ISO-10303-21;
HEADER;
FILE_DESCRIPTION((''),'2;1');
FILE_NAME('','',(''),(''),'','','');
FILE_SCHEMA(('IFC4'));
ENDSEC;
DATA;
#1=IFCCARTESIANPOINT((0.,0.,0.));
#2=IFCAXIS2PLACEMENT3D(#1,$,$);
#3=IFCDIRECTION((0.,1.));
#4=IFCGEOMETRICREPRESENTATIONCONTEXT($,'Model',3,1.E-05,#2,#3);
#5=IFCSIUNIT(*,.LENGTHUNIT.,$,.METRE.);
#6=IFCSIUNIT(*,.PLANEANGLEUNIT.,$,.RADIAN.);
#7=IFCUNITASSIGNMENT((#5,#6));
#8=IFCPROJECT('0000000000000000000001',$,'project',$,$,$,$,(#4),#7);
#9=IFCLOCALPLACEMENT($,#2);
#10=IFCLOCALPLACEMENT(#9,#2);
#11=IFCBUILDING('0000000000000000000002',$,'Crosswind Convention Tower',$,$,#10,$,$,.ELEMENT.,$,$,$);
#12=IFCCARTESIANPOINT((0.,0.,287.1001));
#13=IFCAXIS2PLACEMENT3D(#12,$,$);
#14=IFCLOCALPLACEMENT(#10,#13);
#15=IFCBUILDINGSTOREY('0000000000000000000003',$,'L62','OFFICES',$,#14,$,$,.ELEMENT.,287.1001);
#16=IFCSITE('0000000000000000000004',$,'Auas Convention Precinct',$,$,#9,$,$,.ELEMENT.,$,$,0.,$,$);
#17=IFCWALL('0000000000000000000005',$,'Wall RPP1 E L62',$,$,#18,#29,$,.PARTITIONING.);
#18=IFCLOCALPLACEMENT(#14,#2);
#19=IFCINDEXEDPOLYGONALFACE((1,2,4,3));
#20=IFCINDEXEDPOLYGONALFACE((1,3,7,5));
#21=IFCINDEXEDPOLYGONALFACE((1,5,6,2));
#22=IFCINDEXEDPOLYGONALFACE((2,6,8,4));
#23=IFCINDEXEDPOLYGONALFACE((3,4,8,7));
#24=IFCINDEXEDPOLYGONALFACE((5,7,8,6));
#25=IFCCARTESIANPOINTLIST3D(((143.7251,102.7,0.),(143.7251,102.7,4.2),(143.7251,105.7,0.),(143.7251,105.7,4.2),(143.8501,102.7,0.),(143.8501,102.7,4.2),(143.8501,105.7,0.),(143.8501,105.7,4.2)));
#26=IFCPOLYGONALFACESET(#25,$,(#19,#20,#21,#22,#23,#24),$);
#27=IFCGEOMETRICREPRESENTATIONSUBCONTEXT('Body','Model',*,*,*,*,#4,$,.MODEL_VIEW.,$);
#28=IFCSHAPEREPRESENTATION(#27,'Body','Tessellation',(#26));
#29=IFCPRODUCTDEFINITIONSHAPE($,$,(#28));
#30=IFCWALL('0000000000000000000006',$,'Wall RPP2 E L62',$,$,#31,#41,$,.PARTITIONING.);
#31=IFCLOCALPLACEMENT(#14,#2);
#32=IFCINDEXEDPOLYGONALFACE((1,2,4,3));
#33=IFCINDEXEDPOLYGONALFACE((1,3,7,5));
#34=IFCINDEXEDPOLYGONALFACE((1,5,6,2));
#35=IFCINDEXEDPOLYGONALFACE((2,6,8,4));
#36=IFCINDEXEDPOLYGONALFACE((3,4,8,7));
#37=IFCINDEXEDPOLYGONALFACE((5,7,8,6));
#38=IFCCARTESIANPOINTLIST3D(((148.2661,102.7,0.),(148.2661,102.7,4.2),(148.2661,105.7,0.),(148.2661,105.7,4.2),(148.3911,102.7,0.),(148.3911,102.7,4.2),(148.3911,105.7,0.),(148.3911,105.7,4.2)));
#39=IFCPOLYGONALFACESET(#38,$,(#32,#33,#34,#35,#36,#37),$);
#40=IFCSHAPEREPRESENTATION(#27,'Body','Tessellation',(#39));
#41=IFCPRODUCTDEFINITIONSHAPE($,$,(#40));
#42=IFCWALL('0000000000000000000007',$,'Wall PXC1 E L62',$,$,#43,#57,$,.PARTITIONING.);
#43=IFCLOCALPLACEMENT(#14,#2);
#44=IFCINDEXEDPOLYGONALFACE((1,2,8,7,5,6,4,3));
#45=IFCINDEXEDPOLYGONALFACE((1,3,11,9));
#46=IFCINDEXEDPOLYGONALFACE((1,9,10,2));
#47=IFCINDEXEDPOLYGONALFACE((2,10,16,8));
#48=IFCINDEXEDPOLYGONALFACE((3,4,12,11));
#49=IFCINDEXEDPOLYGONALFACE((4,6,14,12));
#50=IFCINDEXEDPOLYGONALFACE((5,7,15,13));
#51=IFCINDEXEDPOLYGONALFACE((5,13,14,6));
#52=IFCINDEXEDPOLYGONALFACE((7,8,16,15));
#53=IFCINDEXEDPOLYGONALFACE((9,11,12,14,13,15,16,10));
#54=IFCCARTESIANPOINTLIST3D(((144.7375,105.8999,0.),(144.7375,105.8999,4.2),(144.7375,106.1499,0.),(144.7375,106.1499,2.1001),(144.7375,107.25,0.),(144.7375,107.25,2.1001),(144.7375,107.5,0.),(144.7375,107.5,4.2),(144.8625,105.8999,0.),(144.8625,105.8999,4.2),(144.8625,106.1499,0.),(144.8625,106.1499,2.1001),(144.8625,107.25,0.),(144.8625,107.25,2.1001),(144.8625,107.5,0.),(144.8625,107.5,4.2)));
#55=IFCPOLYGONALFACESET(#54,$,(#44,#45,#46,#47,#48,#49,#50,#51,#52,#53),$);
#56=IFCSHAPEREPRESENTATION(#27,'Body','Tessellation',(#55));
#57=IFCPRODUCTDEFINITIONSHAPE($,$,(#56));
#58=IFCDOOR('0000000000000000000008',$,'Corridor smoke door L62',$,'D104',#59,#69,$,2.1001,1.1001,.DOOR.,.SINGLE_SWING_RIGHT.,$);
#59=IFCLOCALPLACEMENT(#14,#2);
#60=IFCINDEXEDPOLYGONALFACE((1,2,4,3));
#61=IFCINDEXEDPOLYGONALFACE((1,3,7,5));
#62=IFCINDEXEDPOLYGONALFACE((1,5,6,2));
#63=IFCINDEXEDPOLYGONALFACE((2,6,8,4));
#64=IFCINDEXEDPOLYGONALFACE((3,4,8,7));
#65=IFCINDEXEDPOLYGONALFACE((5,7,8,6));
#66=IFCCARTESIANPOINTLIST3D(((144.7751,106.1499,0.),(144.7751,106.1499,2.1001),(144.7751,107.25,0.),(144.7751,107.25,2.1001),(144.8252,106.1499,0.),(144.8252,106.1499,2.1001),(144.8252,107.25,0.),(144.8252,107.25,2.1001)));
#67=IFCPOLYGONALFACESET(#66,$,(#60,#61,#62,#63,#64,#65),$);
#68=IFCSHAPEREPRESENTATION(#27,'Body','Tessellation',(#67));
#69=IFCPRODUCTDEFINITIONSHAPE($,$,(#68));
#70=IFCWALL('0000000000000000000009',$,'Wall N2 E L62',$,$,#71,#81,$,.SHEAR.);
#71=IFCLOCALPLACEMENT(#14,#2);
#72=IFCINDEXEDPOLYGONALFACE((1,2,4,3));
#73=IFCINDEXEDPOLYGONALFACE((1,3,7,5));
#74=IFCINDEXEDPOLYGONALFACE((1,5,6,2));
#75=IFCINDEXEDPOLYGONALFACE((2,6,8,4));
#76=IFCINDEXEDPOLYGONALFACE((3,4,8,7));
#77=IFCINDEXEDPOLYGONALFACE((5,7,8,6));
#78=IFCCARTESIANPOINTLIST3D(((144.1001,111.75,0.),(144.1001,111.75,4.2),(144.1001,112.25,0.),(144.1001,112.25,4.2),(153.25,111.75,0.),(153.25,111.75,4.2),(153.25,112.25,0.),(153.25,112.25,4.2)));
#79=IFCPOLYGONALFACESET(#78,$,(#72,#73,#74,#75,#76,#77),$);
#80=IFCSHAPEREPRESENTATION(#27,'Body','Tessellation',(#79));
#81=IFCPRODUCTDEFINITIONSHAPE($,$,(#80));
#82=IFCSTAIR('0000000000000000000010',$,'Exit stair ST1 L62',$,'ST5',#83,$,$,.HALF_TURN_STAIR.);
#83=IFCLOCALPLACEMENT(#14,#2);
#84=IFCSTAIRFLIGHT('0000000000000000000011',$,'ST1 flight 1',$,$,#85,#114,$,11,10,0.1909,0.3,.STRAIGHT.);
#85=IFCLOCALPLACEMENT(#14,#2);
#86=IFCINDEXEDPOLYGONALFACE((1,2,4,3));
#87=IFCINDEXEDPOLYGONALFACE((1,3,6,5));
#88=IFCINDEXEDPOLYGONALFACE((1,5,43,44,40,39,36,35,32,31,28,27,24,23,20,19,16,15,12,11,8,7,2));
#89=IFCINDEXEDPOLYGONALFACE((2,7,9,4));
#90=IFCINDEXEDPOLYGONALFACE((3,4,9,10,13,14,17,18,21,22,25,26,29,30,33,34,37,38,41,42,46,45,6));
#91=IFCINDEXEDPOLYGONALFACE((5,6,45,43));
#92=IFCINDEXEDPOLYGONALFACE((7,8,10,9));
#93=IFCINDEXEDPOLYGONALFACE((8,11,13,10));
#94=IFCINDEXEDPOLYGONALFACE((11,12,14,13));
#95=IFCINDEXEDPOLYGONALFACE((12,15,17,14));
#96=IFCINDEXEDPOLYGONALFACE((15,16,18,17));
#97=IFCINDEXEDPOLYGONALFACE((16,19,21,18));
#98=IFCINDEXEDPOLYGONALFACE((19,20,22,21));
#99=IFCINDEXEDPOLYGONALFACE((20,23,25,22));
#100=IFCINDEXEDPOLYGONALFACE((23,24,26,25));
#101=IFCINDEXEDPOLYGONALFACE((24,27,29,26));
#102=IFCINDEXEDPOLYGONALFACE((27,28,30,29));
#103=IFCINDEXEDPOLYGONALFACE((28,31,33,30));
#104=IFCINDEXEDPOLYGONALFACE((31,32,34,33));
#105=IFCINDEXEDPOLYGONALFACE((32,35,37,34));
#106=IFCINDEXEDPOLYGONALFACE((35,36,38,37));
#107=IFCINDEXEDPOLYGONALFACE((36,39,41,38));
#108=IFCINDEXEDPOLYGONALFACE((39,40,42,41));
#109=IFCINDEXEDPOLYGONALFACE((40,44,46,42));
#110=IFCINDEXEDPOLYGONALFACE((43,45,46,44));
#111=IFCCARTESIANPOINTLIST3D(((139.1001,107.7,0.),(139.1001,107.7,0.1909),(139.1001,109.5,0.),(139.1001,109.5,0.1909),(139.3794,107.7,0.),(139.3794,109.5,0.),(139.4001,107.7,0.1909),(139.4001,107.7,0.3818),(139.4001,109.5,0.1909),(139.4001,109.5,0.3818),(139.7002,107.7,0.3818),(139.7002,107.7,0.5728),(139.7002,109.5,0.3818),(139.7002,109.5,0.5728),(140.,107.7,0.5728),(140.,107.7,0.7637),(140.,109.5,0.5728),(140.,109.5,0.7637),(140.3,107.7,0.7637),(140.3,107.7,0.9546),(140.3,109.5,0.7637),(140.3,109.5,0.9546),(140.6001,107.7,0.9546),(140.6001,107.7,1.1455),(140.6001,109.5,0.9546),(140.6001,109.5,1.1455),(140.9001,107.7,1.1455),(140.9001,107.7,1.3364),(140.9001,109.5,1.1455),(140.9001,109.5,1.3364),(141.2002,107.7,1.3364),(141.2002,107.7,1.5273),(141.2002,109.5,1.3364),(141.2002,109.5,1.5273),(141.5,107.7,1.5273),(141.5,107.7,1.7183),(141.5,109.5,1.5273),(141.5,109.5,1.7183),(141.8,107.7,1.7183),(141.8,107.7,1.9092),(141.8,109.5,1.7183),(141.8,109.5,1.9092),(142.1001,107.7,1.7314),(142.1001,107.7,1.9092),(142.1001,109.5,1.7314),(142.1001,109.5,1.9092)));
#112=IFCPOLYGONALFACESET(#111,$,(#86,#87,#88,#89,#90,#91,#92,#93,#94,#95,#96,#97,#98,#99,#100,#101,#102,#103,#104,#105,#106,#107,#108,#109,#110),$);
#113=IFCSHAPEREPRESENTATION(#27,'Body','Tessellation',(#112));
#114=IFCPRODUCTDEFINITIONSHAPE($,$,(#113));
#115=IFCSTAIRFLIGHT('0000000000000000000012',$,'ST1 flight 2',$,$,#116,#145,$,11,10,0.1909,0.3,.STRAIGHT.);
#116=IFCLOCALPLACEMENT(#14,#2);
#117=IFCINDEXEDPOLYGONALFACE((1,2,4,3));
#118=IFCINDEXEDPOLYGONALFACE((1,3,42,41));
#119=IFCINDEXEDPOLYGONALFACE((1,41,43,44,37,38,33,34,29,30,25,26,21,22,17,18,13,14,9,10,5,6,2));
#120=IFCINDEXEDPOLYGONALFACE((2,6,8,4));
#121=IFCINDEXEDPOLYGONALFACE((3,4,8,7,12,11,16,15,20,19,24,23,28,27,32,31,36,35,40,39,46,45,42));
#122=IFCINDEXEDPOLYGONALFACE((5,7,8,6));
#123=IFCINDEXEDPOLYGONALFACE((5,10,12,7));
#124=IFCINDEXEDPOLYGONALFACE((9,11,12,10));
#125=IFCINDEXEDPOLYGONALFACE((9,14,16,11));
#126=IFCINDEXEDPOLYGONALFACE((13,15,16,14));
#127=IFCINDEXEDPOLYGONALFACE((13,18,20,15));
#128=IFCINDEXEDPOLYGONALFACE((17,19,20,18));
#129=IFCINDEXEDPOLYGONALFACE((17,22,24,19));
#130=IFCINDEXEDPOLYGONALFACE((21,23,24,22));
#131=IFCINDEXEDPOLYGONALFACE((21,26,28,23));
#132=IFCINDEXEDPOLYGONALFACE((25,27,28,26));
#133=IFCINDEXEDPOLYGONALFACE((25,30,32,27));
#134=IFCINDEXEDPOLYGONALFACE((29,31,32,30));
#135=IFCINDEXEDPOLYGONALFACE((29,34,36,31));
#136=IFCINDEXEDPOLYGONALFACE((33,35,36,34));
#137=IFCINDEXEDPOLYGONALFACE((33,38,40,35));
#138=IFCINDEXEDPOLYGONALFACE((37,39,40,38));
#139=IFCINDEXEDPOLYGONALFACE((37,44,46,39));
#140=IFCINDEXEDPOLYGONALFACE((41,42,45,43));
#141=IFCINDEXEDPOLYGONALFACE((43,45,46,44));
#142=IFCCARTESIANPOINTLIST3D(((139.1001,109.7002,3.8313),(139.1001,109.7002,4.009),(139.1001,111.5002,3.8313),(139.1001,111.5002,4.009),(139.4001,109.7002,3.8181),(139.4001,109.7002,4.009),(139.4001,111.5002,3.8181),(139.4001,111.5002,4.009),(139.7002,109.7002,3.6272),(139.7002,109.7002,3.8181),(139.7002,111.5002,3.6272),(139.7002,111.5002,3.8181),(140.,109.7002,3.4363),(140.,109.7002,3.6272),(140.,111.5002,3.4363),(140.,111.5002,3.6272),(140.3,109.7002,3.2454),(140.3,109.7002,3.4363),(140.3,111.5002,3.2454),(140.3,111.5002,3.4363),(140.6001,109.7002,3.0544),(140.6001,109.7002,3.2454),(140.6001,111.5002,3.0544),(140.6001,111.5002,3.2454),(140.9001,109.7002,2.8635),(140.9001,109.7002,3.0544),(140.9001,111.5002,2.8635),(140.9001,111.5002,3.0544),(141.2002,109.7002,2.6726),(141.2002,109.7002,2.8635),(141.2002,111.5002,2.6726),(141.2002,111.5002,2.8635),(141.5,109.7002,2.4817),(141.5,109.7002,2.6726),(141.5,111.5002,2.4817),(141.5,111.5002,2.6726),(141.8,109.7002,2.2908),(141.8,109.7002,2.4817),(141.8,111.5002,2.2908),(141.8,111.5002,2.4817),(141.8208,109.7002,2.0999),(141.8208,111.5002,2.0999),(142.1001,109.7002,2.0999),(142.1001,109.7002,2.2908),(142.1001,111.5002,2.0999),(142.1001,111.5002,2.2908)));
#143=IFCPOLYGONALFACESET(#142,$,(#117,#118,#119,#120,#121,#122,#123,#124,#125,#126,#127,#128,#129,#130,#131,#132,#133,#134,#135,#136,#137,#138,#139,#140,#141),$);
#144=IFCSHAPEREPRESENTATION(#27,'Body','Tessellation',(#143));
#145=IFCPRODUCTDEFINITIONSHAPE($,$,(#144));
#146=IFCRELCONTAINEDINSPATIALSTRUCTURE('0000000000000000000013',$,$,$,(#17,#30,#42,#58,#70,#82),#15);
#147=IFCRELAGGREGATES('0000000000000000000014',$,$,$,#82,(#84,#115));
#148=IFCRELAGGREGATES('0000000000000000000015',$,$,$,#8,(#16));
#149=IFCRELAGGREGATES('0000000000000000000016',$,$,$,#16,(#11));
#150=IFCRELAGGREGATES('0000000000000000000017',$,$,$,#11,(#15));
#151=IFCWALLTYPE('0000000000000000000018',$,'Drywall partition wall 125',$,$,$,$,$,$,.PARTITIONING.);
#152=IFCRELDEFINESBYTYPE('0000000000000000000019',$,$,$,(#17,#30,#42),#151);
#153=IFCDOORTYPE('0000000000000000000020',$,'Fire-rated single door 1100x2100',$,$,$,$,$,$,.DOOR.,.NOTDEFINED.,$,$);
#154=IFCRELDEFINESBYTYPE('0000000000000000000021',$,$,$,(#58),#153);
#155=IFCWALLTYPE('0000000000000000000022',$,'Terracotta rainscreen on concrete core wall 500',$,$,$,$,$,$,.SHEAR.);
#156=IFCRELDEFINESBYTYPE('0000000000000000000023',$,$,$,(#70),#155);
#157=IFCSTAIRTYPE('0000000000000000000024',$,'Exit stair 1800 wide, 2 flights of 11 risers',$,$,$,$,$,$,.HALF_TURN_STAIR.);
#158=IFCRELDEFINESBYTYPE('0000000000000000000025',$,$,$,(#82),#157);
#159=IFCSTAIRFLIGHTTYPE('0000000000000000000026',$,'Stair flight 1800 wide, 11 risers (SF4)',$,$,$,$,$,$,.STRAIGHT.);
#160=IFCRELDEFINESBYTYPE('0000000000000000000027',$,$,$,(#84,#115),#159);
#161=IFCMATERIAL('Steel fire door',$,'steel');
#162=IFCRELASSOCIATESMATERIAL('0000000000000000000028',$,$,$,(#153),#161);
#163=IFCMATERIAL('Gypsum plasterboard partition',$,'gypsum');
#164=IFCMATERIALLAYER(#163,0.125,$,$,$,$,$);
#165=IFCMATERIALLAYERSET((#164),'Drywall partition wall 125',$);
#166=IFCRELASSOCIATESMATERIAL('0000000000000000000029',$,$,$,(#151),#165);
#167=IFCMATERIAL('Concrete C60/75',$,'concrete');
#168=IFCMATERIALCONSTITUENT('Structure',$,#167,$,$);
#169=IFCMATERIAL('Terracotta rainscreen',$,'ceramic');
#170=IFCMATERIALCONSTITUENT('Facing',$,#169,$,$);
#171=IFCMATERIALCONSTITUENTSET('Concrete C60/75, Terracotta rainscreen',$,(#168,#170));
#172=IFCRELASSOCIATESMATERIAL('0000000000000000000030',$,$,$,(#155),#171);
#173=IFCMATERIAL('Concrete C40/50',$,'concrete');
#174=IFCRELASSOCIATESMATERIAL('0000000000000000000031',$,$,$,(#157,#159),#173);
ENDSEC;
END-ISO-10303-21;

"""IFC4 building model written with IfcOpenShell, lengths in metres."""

from ifc_helpers import new_model, si_unit, direction, frame, frame_2d, origin, place, context, subcontext, project, spatial, polyline, rectangle, outline, extrude, material, layer, layer_set, constituent, constituent_set, type_object, element, fill, aggregate, save


model = new_model("IFC4")

# Units and contexts
model_context = context("Model", 3, precision=1e-05, world=origin(), true_north=direction((0.0, 1.0)))
body_context = subcontext(model_context, "Body", "Model", "MODEL_VIEW")
ifc_project = project(units=[si_unit("LENGTHUNIT", "METRE"), si_unit("PLANEANGLEUNIT", "RADIAN")], contexts=[model_context])

# Site, building, storey
site_placement = place(None, origin())
site = spatial("IfcSite", under=ifc_project, at=site_placement, Name="Auas Convention Precinct", CompositionType="ELEMENT", RefElevation=0.0)
building_placement = place(site_placement, origin())
building = spatial("IfcBuilding", under=site, at=building_placement, Name="Crosswind Convention Tower", CompositionType="ELEMENT")
storey_placement = place(building_placement, frame((0.0, 0.0, 287.1001)))
storey = spatial("IfcBuildingStorey", under=building, at=storey_placement, Name="L62", Description="OFFICES", CompositionType="ELEMENT", Elevation=287.1001)

# Shared definitions
ifc_material_1 = material(Name="Steel fire door", Category="steel")
door_type_1 = type_object("IfcDoorType", Name="Fire-rated single door 1100x2100", OperationType="NOTDEFINED", PredefinedType="DOOR", material=ifc_material_1)

# Walls
ifc_material_2 = material(Name="Gypsum plasterboard partition", Category="gypsum")
ifc_layer_1 = layer(ifc_material_2, 0.125)
ifc_layer_set_1 = layer_set([ifc_layer_1], Name="Drywall partition wall 125")
wall_type_1 = type_object("IfcWallType", Name="Drywall partition wall 125", PredefinedType="PARTITIONING", material=ifc_layer_set_1)
for number, where, z_axis, x_axis, name in (
    (1, (143.7876, 102.7, 0.0), (0.0, 0.0, 1.0), (0.0, 1.0, 0.0), "Wall RPP1 E L62"),
    (2, (148.3286, 102.7, 0.0), (0.0, 0.0, 1.0), (0.0, 1.0, 0.0), "Wall RPP2 E L62"),
):
    element("IfcWall", number, at=place(storey_placement, frame(where, z_axis=z_axis, x_axis=x_axis)), inside=storey, type_object=wall_type_1, Name=name, PredefinedType="PARTITIONING", context=body_context, shape_type="SweptSolid", body=[
        extrude(rectangle(XDim=3.0, YDim=0.125, at=frame_2d((1.5, 0.0))), origin(), (0.0, 0.0, 1.0), 4.2),
    ])

# Wall, opening, door
wall_1_placement = place(storey_placement, frame((144.8, 105.8999, 0.0), z_axis=(0.0, 0.0, 1.0), x_axis=(0.0, 1.0, 0.0)))
wall_1 = element("IfcWall", 3, at=wall_1_placement, inside=storey, type_object=wall_type_1, Name="Wall PXC1 E L62", PredefinedType="PARTITIONING", context=body_context, shape_type="SweptSolid", body=[
    extrude(rectangle(XDim=1.6001, YDim=0.125, at=frame_2d((0.8, 0.0))), origin(), (0.0, 0.0, 1.0), 4.2),
])
opening_1_placement = place(wall_1_placement, frame((0.25, 0.0, 0.0)))
opening_1 = element("IfcOpeningElement", 4, at=opening_1_placement, cuts=wall_1, PredefinedType="OPENING", context=body_context, shape_type="SweptSolid", body=[
    extrude(rectangle(XDim=1.1001, YDim=2.1001, at=frame_2d((0.55, 1.05))), frame((0.0, 0.0725, 0.0), z_axis=(0.0, -1.0, 0.0), x_axis=(1.0, 0.0, 0.0)), (0.0, 0.0, 1.0), 0.145),
])
door_1_placement = place(opening_1_placement, origin())
door_1 = element("IfcDoor", 5, at=door_1_placement, inside=storey, type_object=door_type_1, Name="Corridor smoke door L62", ObjectType="D104", OperationType="SINGLE_SWING_RIGHT", OverallHeight=2.1001, OverallWidth=1.1001, PredefinedType="DOOR", context=body_context, shape_type="SweptSolid", body=[
    extrude(rectangle(XDim=1.1001, YDim=2.1001, at=frame_2d((0.55, 1.05))), frame((0.0, 0.0249, 0.0), z_axis=(0.0, -1.0, 0.0), x_axis=(1.0, 0.0, 0.0)), (0.0, 0.0, 1.0), 0.05),
])
fill(opening_1, door_1)

# Wall
ifc_material_3 = material(Name="Concrete C60/75", Category="concrete")
ifc_constituent_1 = constituent(ifc_material_3, Name="Structure")
ifc_material_4 = material(Name="Terracotta rainscreen", Category="ceramic")
ifc_constituent_2 = constituent(ifc_material_4, Name="Facing")
ifc_constituent_set = constituent_set(constituents=[ifc_constituent_1, ifc_constituent_2], Name="Concrete C60/75, Terracotta rainscreen")
wall_type_2 = type_object("IfcWallType", Name="Terracotta rainscreen on concrete core wall 500", PredefinedType="SHEAR", material=ifc_constituent_set)
wall_2_placement = place(storey_placement, frame((144.1001, 112.0, 0.0), z_axis=(0.0, 0.0, 1.0), x_axis=(1.0, 0.0, 0.0)))
element("IfcWall", 6, at=wall_2_placement, inside=storey, type_object=wall_type_2, Name="Wall N2 E L62", PredefinedType="SHEAR", context=body_context, shape_type="SweptSolid", body=[
    extrude(rectangle(XDim=9.1499, YDim=0.5, at=frame_2d((4.575, 0.0))), origin(), (0.0, 0.0, 1.0), 4.2),
])

# Stair, stair flights
ifc_material_5 = material(Name="Concrete C40/50", Category="concrete")
stair_type = type_object("IfcStairType", Name="Exit stair 1800 wide, 2 flights of 11 risers", PredefinedType="HALF_TURN_STAIR", material=ifc_material_5)
stair_placement = place(storey_placement, origin())
stair = element("IfcStair", 7, at=stair_placement, inside=storey, type_object=stair_type, Name="Exit stair ST1 L62", ObjectType="ST5", PredefinedType="HALF_TURN_STAIR")
stair_flight_type = type_object("IfcStairFlightType", Name="Stair flight 1800 wide, 11 risers (SF4)", PredefinedType="STRAIGHT", material=ifc_material_5)
stair_flight_1_placement = place(storey_placement, frame((139.1001, 108.6001, 0.0), z_axis=(0.0, 0.0, 1.0), x_axis=(1.0, 0.0, 0.0)))
stair_flight_1 = element("IfcStairFlight", 8, at=stair_flight_1_placement, type_object=stair_flight_type, Name="ST1 flight 1", NumberOfRisers=11, NumberOfTreads=10, PredefinedType="STRAIGHT", RiserHeight=0.1909, TreadLength=0.3, context=body_context, shape_type="SweptSolid", body=[
    extrude(outline(polyline([(0.0, 0.0), (0.0, 0.1909), (0.3, 0.1909), (0.3, 0.3818), (0.6001, 0.3818), (0.6001, 0.5728), (0.8999, 0.5728), (0.8999, 0.7637), (1.2, 0.7637), (1.2, 0.9546), (1.5, 0.9546), (1.5, 1.1455), (1.8, 1.1455), (1.8, 1.3364), (2.1001, 1.3364), (2.1001, 1.5273), (2.3999, 1.5273), (2.3999, 1.7183), (2.7, 1.7183), (2.7, 1.9092), (3.0, 1.9092), (3.0, 2.1001), (3.0, 1.7314), (0.2793, 0.0), (0.0, 0.0)])), frame((0.0, 0.8999, 0.0), z_axis=(0.0, -1.0, 0.0), x_axis=(1.0, 0.0, 0.0)), (0.0, 0.0, 1.0), 1.8),
])
stair_flight_2_placement = place(storey_placement, frame((142.1001, 110.6001, 2.0999), z_axis=(0.0, 0.0, 1.0), x_axis=(-1.0, 0.0, 0.0)))
stair_flight_2 = element("IfcStairFlight", 9, at=stair_flight_2_placement, type_object=stair_flight_type, Name="ST1 flight 2", NumberOfRisers=11, NumberOfTreads=10, PredefinedType="STRAIGHT", RiserHeight=0.1909, TreadLength=0.3, context=body_context, shape_type="SweptSolid", body=[
    extrude(outline(polyline([(0.0, 0.0), (0.0, 0.1909), (0.3, 0.1909), (0.3, 0.3818), (0.6001, 0.3818), (0.6001, 0.5728), (0.8999, 0.5728), (0.8999, 0.7637), (1.2, 0.7637), (1.2, 0.9546), (1.5, 0.9546), (1.5, 1.1455), (1.8, 1.1455), (1.8, 1.3364), (2.1001, 1.3364), (2.1001, 1.5273), (2.3999, 1.5273), (2.3999, 1.7183), (2.7, 1.7183), (2.7, 1.9092), (3.0, 1.9092), (3.0, 2.1001), (3.0, 1.7314), (0.2793, 0.0), (0.0, 0.0)])), frame((0.0, 0.8999, 0.0), z_axis=(0.0, -1.0, 0.0), x_axis=(1.0, 0.0, 0.0)), (0.0, 0.0, 1.0), 1.8),
])
aggregate(stair, [stair_flight_1, stair_flight_2])

save(model, "model.ifc")
